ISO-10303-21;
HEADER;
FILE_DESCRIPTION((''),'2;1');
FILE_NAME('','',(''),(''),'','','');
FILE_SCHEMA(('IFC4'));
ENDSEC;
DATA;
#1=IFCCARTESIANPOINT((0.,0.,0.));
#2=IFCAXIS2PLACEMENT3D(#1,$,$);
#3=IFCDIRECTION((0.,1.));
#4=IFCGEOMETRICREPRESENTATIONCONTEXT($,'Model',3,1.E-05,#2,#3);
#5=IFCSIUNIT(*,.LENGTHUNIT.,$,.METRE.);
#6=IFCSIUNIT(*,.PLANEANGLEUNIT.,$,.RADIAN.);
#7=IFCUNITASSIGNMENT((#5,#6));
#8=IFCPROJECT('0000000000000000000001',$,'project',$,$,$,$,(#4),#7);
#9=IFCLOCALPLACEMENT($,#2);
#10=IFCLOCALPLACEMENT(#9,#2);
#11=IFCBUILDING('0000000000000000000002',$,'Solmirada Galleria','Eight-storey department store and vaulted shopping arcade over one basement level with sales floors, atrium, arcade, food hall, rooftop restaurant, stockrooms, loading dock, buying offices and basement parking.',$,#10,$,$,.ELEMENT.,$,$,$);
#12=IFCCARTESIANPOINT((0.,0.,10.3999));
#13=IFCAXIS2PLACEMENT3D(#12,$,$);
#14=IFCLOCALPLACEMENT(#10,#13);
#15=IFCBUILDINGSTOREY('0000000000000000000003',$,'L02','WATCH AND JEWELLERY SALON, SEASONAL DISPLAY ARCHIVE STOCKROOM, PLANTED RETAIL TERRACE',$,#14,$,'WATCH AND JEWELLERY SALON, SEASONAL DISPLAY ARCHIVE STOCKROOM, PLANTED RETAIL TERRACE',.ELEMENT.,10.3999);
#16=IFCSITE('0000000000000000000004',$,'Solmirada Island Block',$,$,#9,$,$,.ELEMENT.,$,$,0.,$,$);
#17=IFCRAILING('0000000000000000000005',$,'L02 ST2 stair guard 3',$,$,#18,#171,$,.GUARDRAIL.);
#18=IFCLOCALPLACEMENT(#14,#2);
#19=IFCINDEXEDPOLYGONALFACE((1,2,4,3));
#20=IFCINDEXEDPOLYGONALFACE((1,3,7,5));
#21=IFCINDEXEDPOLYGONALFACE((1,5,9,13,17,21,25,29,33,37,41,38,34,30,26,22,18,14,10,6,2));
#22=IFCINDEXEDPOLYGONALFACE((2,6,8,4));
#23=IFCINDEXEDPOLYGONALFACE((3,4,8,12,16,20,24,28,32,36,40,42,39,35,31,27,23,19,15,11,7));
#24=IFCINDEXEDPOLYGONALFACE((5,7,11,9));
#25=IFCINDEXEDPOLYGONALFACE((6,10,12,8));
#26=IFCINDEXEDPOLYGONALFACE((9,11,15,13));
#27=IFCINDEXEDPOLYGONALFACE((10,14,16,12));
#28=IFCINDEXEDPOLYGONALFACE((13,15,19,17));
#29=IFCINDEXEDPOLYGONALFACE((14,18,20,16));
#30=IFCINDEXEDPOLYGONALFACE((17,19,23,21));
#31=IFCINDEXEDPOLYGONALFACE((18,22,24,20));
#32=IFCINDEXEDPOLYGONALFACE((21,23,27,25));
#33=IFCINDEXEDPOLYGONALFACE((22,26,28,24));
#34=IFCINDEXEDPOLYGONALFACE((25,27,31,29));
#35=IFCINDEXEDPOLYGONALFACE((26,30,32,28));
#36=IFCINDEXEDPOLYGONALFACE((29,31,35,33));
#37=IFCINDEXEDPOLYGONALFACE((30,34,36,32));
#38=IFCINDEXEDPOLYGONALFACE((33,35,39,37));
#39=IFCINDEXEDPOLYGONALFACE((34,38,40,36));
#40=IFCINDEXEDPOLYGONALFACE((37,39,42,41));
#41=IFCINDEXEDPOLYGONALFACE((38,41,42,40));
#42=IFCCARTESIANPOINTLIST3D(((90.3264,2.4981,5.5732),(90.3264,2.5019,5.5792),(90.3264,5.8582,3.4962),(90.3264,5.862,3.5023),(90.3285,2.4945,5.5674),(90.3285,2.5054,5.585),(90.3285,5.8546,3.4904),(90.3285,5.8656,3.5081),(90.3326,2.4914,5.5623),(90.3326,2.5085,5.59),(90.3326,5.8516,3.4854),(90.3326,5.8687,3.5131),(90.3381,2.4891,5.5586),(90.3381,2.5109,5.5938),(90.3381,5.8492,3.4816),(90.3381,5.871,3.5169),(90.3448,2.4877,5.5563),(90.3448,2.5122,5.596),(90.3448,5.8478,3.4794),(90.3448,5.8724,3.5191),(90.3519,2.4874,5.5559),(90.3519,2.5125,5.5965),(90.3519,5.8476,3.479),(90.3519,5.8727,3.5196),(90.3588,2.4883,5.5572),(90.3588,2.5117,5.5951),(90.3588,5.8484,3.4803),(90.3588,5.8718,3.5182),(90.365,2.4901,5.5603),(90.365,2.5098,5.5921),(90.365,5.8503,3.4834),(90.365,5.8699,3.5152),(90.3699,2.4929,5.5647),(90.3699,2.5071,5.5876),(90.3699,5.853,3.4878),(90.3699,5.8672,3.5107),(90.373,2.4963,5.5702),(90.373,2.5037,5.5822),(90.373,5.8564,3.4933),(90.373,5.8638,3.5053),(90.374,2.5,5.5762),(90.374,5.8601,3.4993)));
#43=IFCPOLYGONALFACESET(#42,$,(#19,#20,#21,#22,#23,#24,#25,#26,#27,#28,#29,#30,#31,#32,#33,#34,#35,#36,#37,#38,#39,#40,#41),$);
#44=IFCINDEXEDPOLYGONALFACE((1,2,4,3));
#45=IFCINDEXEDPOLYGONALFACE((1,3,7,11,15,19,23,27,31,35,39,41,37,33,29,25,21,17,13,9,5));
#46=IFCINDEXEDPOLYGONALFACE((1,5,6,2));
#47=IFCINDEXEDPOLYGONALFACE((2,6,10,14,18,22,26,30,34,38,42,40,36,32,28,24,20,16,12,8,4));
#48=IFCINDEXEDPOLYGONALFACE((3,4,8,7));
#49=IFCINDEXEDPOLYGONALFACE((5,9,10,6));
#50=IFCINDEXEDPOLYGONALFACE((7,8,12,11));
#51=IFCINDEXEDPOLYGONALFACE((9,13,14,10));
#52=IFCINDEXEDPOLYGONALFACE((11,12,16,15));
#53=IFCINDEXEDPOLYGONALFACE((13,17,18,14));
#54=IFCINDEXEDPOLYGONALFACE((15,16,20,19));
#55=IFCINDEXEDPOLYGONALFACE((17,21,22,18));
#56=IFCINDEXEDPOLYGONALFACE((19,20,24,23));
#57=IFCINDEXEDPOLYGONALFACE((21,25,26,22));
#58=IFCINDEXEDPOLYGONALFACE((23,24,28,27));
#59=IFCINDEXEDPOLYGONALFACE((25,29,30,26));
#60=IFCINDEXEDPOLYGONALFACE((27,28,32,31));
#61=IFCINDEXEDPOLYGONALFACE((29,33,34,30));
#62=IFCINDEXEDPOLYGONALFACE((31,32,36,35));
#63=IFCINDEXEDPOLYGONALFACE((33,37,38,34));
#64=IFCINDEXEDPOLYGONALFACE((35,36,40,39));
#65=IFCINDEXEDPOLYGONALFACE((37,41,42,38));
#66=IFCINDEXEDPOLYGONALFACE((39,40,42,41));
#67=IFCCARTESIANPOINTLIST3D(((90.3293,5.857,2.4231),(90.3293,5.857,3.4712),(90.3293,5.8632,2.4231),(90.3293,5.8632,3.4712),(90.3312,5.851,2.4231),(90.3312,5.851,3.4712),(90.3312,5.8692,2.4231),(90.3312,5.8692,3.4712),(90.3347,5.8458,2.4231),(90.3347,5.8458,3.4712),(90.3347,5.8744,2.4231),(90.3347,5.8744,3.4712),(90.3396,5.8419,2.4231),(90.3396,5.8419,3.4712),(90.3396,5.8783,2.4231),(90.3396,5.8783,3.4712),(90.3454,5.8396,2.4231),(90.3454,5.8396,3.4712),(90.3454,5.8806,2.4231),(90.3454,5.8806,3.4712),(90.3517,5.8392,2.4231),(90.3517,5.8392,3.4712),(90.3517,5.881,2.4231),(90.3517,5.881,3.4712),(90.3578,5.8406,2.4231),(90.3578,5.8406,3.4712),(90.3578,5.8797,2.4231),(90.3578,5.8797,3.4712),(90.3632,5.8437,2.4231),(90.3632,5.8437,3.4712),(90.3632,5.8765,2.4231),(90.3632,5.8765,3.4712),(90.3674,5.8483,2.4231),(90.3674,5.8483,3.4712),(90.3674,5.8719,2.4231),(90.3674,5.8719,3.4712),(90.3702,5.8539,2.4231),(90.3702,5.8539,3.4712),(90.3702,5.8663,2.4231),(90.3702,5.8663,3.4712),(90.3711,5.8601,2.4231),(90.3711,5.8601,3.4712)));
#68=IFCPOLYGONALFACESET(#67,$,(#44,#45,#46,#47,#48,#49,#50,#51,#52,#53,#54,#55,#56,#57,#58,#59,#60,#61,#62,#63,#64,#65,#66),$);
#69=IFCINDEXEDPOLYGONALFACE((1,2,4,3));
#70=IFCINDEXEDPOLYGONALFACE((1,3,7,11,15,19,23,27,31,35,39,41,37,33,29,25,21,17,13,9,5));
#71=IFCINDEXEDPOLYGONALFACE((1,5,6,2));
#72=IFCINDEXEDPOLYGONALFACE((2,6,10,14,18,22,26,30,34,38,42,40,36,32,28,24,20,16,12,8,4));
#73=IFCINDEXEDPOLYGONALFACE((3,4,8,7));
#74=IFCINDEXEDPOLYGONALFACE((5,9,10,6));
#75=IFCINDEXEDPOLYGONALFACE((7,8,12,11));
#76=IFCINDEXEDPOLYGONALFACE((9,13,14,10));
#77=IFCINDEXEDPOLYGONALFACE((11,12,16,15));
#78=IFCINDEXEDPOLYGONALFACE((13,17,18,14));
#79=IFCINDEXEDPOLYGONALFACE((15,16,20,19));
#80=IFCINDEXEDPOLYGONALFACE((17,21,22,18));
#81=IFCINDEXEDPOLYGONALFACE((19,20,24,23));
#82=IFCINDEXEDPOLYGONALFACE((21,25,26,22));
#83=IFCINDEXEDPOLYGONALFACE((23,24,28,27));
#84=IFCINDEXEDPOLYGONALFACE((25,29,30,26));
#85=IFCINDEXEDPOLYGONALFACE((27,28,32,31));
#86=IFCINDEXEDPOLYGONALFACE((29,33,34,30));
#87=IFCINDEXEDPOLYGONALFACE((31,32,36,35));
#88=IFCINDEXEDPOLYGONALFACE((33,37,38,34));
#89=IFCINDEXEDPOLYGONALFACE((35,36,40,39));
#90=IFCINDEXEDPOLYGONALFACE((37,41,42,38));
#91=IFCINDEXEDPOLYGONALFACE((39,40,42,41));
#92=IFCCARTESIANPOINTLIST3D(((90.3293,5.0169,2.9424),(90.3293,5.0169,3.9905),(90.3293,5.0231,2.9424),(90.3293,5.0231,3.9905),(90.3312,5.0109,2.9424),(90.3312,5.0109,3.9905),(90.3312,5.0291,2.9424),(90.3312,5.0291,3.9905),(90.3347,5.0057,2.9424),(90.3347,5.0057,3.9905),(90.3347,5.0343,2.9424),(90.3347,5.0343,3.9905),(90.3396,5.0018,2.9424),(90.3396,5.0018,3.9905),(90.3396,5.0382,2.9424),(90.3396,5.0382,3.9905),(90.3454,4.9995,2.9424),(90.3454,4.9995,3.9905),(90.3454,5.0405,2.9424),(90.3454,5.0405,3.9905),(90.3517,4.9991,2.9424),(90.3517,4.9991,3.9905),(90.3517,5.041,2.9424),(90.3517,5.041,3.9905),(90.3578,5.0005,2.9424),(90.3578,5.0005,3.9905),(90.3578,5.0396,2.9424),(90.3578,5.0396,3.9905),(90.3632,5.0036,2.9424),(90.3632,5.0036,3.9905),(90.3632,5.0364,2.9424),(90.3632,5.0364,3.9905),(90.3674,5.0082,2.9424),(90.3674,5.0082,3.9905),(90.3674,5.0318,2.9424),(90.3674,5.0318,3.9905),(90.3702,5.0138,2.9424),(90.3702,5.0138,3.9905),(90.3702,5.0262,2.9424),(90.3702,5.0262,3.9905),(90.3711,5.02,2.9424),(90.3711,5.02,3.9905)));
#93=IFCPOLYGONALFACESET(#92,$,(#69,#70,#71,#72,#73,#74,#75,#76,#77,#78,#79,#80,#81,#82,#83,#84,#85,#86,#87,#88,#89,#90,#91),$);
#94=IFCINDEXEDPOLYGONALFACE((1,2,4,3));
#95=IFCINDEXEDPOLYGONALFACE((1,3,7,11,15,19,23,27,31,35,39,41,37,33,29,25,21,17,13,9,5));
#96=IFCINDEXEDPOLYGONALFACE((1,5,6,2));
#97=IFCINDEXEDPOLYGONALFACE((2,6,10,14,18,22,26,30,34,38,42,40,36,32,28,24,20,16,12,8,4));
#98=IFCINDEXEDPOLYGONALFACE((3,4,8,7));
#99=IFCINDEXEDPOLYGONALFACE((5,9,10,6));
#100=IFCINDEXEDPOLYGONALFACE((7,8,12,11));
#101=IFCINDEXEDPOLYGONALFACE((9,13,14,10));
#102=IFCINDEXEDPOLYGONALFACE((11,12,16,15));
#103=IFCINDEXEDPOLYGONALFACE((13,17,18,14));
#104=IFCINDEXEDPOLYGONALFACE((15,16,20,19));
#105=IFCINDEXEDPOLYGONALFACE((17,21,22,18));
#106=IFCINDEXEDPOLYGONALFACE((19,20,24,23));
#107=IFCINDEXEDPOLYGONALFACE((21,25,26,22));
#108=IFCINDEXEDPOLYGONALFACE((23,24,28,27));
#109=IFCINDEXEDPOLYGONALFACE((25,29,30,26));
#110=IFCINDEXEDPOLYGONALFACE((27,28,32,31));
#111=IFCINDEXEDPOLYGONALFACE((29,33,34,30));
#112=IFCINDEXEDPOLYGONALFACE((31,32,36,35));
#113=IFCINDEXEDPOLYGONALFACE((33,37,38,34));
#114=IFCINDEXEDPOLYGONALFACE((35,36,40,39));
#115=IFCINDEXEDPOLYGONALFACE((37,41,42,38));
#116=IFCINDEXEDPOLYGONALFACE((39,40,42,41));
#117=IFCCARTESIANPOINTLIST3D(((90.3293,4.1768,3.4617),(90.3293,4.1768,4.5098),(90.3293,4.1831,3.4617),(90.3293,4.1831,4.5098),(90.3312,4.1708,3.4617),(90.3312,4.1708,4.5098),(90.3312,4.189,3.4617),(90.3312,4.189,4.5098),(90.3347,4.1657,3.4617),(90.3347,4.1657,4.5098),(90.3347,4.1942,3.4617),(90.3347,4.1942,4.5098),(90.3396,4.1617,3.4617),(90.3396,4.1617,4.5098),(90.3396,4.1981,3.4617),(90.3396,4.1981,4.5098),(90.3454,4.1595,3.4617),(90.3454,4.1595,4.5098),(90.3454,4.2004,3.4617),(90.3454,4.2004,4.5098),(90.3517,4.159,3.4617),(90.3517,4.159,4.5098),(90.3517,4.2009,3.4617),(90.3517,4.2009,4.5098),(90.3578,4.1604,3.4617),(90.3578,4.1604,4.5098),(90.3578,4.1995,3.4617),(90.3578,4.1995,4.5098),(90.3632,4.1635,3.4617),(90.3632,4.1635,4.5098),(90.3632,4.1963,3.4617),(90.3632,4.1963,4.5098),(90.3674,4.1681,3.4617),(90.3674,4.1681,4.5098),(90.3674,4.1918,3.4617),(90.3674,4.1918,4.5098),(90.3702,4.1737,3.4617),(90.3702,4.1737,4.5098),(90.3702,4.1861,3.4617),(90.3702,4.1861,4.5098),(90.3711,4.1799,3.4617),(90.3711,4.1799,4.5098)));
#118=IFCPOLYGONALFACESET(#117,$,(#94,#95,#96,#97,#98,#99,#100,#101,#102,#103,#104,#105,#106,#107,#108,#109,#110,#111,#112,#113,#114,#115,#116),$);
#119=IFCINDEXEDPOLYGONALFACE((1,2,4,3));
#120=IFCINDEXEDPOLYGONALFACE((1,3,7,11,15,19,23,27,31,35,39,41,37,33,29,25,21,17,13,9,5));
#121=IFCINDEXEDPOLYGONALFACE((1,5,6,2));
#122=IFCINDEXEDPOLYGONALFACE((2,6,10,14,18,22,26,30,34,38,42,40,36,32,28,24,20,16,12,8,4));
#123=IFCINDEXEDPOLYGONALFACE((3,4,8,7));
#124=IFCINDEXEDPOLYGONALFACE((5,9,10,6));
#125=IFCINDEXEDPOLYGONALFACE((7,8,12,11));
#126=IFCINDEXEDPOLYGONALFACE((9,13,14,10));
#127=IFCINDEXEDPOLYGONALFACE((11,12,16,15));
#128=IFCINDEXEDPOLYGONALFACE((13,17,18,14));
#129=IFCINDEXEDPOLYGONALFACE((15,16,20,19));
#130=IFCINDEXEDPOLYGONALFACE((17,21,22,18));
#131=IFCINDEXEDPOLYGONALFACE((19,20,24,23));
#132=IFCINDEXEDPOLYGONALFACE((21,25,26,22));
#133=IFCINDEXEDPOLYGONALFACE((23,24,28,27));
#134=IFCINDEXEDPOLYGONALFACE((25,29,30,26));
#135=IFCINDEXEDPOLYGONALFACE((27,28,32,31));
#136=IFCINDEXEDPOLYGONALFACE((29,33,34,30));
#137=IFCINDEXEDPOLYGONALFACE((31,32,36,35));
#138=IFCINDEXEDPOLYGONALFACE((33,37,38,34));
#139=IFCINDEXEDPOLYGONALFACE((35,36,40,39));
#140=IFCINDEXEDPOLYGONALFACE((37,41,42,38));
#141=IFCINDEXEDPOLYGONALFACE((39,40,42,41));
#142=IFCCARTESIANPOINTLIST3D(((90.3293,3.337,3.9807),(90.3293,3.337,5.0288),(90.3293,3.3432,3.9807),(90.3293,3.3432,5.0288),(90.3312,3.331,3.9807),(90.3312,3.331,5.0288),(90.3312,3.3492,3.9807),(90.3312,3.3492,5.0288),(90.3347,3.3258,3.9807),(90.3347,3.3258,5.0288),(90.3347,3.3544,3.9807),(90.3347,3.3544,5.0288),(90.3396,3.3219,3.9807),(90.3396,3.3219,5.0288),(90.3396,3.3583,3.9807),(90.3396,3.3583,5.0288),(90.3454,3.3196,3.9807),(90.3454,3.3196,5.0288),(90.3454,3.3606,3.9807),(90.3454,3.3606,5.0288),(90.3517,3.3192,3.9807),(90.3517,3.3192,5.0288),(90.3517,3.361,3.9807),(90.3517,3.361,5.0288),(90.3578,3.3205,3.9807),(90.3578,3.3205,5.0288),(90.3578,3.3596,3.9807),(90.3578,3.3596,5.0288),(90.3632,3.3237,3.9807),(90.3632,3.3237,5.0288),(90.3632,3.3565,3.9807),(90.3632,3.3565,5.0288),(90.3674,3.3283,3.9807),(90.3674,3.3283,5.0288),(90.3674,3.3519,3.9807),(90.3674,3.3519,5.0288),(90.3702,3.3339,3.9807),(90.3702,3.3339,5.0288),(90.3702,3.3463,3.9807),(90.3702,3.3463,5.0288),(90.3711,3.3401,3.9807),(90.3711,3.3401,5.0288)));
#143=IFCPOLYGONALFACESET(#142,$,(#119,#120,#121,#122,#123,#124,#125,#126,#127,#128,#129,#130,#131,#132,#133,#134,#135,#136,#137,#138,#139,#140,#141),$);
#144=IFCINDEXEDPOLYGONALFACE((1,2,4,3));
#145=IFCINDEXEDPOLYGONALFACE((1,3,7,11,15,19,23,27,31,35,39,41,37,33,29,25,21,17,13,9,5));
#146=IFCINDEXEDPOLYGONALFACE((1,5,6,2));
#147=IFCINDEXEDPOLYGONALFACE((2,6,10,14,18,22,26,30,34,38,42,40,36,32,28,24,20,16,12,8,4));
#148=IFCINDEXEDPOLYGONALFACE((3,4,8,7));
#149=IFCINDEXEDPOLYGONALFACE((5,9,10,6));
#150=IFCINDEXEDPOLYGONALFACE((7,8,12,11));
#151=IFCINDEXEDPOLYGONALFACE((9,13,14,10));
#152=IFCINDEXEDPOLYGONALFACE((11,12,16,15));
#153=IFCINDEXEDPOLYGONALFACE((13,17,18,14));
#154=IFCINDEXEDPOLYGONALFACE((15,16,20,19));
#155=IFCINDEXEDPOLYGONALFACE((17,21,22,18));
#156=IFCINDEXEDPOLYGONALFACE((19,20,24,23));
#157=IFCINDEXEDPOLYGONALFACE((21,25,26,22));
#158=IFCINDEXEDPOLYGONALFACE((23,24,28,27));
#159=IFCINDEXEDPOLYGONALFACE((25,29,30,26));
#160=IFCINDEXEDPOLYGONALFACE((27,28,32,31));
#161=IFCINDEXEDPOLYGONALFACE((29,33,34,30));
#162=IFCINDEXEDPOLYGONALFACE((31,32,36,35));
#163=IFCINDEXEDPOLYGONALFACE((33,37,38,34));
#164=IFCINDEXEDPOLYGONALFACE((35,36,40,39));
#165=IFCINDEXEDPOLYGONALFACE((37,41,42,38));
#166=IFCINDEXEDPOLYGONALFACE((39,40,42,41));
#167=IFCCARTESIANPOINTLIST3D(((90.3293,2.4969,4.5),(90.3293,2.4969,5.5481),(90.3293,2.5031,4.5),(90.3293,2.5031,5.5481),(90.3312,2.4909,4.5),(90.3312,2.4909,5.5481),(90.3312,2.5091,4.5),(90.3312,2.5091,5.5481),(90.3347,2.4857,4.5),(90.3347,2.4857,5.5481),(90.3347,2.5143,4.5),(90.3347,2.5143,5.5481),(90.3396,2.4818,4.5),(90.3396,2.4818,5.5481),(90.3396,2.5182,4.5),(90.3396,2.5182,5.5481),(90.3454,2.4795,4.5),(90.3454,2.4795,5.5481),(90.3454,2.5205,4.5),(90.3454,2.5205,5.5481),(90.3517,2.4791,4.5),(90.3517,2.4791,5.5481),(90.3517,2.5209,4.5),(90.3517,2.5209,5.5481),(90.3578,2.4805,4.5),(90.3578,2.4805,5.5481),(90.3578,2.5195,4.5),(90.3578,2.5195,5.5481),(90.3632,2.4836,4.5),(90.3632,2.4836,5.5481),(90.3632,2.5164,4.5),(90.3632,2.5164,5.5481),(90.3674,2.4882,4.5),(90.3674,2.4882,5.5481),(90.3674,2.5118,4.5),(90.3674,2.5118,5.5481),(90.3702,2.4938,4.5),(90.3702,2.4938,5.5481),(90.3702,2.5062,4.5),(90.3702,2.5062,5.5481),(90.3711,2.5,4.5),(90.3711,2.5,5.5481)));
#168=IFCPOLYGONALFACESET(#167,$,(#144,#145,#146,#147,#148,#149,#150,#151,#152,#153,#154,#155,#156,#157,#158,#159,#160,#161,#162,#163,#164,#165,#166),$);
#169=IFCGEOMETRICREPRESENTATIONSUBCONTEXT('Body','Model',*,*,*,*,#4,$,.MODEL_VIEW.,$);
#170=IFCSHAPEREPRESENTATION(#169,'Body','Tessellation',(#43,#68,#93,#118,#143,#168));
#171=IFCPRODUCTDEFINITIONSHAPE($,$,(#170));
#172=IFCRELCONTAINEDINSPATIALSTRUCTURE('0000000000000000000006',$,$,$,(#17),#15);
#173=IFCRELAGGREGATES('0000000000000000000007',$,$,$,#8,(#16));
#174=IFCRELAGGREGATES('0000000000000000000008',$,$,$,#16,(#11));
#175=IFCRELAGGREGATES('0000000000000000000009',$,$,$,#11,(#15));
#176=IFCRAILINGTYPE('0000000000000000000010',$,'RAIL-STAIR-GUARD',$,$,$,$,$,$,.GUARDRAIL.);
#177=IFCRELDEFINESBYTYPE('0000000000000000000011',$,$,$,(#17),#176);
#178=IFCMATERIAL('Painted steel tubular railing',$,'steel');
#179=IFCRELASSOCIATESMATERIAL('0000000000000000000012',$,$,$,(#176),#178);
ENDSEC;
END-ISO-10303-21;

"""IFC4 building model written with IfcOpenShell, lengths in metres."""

from ifc_helpers import new_model, si_unit, direction, frame, origin, origin_2d, place, context, subcontext, project, spatial, circle, extrude, material, type_object, element, save


model = new_model("IFC4")

# Units and contexts
model_context = context("Model", 3, precision=1e-05, world=origin(), true_north=direction((0.0, 1.0)))
body_context = subcontext(model_context, "Body", "Model", "MODEL_VIEW")
ifc_project = project(units=[si_unit("LENGTHUNIT", "METRE"), si_unit("PLANEANGLEUNIT", "RADIAN")], contexts=[model_context])

# Site, building, storey
site_placement = place(None, origin())
site = spatial("IfcSite", under=ifc_project, at=site_placement, Name="Solmirada Island Block", CompositionType="ELEMENT", RefElevation=0.0)
building_placement = place(site_placement, origin())
building = spatial("IfcBuilding", under=site, at=building_placement, Name="Solmirada Galleria", Description="Eight-storey department store and vaulted shopping arcade over one basement level with sales floors, atrium, arcade, food hall, rooftop restaurant, stockrooms, loading dock, buying offices and basement parking.", CompositionType="ELEMENT")
storey_placement = place(building_placement, frame((0.0, 0.0, 10.3999)))
storey = spatial("IfcBuildingStorey", under=building, at=storey_placement, Name="L02", Description="WATCH AND JEWELLERY SALON, SEASONAL DISPLAY ARCHIVE STOCKROOM, PLANTED RETAIL TERRACE", LongName="WATCH AND JEWELLERY SALON, SEASONAL DISPLAY ARCHIVE STOCKROOM, PLANTED RETAIL TERRACE", CompositionType="ELEMENT", Elevation=10.3999)

# Railing
ifc_material_1 = material(Name="Painted steel tubular railing", Category="steel")
railing_type_1 = type_object("IfcRailingType", Name="RAIL-STAIR-GUARD", PredefinedType="GUARDRAIL", material=ifc_material_1)
railing_1_placement = place(storey_placement, frame((90.3501, 5.8601, 2.4231)))
element("IfcRailing", 1, at=railing_1_placement, inside=storey, type_object=railing_type_1, Name="L02 ST2 stair guard 3", PredefinedType="GUARDRAIL", context=body_context, shape_type="SweptSolid", body=[
    extrude(circle(Radius=0.0239, at=origin_2d()), frame((0.0, 0.0, 1.0762), z_axis=(0.0, -0.850623, 0.525776), x_axis=(1.0, 0.0, 0.0)), (0.0, 0.0, 1.0), 3.9502),
    extrude(circle(Radius=0.021, at=origin_2d()), origin(), (0.0, 0.0, 1.0), 1.0481),
    extrude(circle(Radius=0.021, at=origin_2d()), frame((0.0, -0.8401, 0.5193)), (0.0, 0.0, 1.0), 1.0481),
    extrude(circle(Radius=0.021, at=origin_2d()), frame((0.0, -1.6802, 1.0386)), (0.0, 0.0, 1.0), 1.0481),
    extrude(circle(Radius=0.021, at=origin_2d()), frame((0.0, -2.52, 1.5576)), (0.0, 0.0, 1.0), 1.0481),
    extrude(circle(Radius=0.021, at=origin_2d()), frame((0.0, -3.3601, 2.0769)), (0.0, 0.0, 1.0), 1.0481),
])

save(model, "model.ifc")
